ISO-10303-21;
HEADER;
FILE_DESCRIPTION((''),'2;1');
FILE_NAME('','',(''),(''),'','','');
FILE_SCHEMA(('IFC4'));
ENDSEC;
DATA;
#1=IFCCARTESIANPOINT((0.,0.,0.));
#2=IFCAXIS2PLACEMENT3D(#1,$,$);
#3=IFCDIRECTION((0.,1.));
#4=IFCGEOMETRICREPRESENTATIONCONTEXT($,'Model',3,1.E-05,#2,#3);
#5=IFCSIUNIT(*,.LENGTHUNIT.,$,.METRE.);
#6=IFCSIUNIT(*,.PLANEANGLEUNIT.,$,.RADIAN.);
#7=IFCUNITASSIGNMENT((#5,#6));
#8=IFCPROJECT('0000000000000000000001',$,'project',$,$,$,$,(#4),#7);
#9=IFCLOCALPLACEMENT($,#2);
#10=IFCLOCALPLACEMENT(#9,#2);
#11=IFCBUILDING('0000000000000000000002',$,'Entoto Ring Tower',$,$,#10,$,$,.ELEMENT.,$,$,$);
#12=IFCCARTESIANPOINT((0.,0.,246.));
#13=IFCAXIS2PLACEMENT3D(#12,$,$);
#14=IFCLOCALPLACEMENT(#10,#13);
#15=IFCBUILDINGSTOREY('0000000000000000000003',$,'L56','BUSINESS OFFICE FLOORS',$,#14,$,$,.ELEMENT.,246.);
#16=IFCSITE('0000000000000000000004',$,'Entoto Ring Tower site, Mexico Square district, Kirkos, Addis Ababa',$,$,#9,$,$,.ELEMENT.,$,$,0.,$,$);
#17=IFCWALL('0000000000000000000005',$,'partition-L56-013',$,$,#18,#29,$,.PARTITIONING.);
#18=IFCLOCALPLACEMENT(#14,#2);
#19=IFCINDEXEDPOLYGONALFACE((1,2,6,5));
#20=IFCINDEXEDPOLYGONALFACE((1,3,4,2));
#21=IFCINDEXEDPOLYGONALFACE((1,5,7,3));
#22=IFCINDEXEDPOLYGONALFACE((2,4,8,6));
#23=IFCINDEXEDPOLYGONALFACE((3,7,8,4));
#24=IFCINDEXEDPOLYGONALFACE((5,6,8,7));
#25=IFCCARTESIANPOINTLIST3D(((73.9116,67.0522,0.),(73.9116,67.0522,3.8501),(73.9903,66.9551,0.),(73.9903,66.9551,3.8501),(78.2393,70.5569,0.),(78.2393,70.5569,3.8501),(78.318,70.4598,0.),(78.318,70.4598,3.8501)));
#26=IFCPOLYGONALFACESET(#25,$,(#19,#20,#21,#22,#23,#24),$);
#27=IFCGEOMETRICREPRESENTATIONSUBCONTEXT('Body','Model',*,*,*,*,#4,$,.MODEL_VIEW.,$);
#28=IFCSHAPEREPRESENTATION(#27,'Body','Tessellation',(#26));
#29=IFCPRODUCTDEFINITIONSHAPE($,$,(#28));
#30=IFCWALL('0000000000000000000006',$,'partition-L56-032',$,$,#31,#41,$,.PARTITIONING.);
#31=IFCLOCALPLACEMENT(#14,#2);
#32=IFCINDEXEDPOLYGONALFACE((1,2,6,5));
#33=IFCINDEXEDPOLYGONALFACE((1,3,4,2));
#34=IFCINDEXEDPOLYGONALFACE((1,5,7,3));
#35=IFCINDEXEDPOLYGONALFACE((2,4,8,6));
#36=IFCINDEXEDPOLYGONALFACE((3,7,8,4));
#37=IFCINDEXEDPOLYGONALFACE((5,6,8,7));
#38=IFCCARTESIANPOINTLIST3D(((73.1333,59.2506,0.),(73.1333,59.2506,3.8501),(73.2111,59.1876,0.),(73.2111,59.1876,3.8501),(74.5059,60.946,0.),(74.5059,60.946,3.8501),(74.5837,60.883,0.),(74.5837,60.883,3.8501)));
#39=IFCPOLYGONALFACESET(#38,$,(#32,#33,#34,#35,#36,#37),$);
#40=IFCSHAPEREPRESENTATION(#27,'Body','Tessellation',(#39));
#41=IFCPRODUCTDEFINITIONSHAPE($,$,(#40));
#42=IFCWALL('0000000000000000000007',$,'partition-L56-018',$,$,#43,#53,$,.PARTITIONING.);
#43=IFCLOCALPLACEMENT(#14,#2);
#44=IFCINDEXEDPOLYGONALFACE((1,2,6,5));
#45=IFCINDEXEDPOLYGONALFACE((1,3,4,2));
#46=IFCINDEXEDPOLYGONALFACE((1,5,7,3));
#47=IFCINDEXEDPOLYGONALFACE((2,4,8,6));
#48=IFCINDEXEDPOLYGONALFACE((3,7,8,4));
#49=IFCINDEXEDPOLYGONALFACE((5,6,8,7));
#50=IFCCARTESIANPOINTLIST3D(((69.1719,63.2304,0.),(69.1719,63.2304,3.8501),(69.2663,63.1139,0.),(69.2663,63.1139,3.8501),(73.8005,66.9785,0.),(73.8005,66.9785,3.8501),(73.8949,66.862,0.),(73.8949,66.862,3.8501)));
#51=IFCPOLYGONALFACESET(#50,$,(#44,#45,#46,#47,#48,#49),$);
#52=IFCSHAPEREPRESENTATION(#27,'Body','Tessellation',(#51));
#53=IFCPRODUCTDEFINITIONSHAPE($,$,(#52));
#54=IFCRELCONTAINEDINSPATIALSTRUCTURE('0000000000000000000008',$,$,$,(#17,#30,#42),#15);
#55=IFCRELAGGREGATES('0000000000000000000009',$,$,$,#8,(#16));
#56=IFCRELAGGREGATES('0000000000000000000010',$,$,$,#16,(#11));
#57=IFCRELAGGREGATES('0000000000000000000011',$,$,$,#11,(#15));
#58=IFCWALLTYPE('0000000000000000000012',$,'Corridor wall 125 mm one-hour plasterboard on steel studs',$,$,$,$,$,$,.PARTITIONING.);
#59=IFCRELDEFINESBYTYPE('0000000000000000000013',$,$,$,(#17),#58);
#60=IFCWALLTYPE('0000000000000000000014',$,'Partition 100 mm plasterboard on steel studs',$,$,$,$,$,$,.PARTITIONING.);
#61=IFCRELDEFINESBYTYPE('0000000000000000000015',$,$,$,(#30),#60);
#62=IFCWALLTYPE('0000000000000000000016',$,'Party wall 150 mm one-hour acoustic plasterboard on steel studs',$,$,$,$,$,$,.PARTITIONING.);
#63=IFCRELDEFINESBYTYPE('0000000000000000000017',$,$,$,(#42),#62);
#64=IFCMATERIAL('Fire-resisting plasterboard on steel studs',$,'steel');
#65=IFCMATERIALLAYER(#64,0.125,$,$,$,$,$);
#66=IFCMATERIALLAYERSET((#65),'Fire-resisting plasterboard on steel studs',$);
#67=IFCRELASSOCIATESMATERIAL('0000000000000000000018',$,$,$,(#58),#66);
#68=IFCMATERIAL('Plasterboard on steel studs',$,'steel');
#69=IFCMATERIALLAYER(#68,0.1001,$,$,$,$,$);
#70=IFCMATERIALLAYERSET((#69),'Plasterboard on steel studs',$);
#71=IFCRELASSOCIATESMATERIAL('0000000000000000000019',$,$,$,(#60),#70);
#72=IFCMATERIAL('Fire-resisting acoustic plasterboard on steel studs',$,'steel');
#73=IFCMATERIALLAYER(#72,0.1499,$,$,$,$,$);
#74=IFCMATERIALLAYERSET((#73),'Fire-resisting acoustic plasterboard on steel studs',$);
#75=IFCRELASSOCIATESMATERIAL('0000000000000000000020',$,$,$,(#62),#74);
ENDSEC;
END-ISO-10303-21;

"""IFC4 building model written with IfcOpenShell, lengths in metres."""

from ifc_helpers import new_model, si_unit, direction, frame, frame_2d, origin, place, context, subcontext, project, spatial, rectangle, extrude, material, layer, layer_set, type_object, element, save


model = new_model("IFC4")

# Units and contexts
model_context = context("Model", 3, precision=1e-05, world=origin(), true_north=direction((0.0, 1.0)))
body_context = subcontext(model_context, "Body", "Model", "MODEL_VIEW")
ifc_project = project(units=[si_unit("LENGTHUNIT", "METRE"), si_unit("PLANEANGLEUNIT", "RADIAN")], contexts=[model_context])

# Site, building, storey
site_placement = place(None, origin())
site = spatial("IfcSite", under=ifc_project, at=site_placement, Name="Entoto Ring Tower site, Mexico Square district, Kirkos, Addis Ababa", CompositionType="ELEMENT", RefElevation=0.0)
building_placement = place(site_placement, origin())
building = spatial("IfcBuilding", under=site, at=building_placement, Name="Entoto Ring Tower", CompositionType="ELEMENT")
storey_placement = place(building_placement, frame((0.0, 0.0, 246.0)))
storey = spatial("IfcBuildingStorey", under=building, at=storey_placement, Name="L56", Description="BUSINESS OFFICE FLOORS", CompositionType="ELEMENT", Elevation=246.0)

# Shared definitions
ifc_material_1 = material(Name="Fire-resisting plasterboard on steel studs", Category="steel")
ifc_layer_1 = layer(ifc_material_1, 0.125)
ifc_layer_set_1 = layer_set([ifc_layer_1], Name="Fire-resisting plasterboard on steel studs")
wall_type_1 = type_object("IfcWallType", Name="Corridor wall 125 mm one-hour plasterboard on steel studs", PredefinedType="PARTITIONING", material=ifc_layer_set_1)

# Walls
wall_1_placement = place(storey_placement, frame((73.9509, 67.0037, 0.0), z_axis=(0.0, 0.0, 1.0), x_axis=(0.777129, 0.629341, 0.0)))
element("IfcWall", 1, at=wall_1_placement, inside=storey, type_object=wall_type_1, Name="partition-L56-013", PredefinedType="PARTITIONING", context=body_context, shape_type="SweptSolid", body=[
    extrude(rectangle(XDim=5.5688, YDim=0.125, at=frame_2d((2.7844, 0.0))), origin(), (0.0, 0.0, 1.0), 3.8501),
])
ifc_material_2 = material(Name="Plasterboard on steel studs", Category="steel")
ifc_layer_2 = layer(ifc_material_2, 0.1001)
ifc_layer_set_2 = layer_set([ifc_layer_2], Name="Plasterboard on steel studs")
wall_type_2 = type_object("IfcWallType", Name="Partition 100 mm plasterboard on steel studs", PredefinedType="PARTITIONING", material=ifc_layer_set_2)
wall_2_placement = place(storey_placement, frame((73.1721, 59.219, 0.0), z_axis=(0.0, 0.0, 1.0), x_axis=(0.629243, 0.777208, 0.0)))
element("IfcWall", 2, at=wall_2_placement, inside=storey, type_object=wall_type_2, Name="partition-L56-032", PredefinedType="PARTITIONING", context=body_context, shape_type="SweptSolid", body=[
    extrude(rectangle(XDim=2.1814, YDim=0.1001, at=frame_2d((1.0908, 0.0))), origin(), (0.0, 0.0, 1.0), 3.8501),
])
ifc_material_3 = material(Name="Fire-resisting acoustic plasterboard on steel studs", Category="steel")
ifc_layer_3 = layer(ifc_material_3, 0.1499)
ifc_layer_set_3 = layer_set([ifc_layer_3], Name="Fire-resisting acoustic plasterboard on steel studs")
wall_type_3 = type_object("IfcWallType", Name="Party wall 150 mm one-hour acoustic plasterboard on steel studs", PredefinedType="PARTITIONING", material=ifc_layer_set_3)
wall_3_placement = place(storey_placement, frame((69.219, 63.1721, 0.0), z_axis=(0.0, 0.0, 1.0), x_axis=(0.77716, 0.629303, 0.0)))
element("IfcWall", 3, at=wall_3_placement, inside=storey, type_object=wall_type_3, Name="partition-L56-018", PredefinedType="PARTITIONING", context=body_context, shape_type="SweptSolid", body=[
    extrude(rectangle(XDim=5.9558, YDim=0.1499, at=frame_2d((2.978, 0.0))), origin(), (0.0, 0.0, 1.0), 3.8501),
])

save(model, "model.ifc")
